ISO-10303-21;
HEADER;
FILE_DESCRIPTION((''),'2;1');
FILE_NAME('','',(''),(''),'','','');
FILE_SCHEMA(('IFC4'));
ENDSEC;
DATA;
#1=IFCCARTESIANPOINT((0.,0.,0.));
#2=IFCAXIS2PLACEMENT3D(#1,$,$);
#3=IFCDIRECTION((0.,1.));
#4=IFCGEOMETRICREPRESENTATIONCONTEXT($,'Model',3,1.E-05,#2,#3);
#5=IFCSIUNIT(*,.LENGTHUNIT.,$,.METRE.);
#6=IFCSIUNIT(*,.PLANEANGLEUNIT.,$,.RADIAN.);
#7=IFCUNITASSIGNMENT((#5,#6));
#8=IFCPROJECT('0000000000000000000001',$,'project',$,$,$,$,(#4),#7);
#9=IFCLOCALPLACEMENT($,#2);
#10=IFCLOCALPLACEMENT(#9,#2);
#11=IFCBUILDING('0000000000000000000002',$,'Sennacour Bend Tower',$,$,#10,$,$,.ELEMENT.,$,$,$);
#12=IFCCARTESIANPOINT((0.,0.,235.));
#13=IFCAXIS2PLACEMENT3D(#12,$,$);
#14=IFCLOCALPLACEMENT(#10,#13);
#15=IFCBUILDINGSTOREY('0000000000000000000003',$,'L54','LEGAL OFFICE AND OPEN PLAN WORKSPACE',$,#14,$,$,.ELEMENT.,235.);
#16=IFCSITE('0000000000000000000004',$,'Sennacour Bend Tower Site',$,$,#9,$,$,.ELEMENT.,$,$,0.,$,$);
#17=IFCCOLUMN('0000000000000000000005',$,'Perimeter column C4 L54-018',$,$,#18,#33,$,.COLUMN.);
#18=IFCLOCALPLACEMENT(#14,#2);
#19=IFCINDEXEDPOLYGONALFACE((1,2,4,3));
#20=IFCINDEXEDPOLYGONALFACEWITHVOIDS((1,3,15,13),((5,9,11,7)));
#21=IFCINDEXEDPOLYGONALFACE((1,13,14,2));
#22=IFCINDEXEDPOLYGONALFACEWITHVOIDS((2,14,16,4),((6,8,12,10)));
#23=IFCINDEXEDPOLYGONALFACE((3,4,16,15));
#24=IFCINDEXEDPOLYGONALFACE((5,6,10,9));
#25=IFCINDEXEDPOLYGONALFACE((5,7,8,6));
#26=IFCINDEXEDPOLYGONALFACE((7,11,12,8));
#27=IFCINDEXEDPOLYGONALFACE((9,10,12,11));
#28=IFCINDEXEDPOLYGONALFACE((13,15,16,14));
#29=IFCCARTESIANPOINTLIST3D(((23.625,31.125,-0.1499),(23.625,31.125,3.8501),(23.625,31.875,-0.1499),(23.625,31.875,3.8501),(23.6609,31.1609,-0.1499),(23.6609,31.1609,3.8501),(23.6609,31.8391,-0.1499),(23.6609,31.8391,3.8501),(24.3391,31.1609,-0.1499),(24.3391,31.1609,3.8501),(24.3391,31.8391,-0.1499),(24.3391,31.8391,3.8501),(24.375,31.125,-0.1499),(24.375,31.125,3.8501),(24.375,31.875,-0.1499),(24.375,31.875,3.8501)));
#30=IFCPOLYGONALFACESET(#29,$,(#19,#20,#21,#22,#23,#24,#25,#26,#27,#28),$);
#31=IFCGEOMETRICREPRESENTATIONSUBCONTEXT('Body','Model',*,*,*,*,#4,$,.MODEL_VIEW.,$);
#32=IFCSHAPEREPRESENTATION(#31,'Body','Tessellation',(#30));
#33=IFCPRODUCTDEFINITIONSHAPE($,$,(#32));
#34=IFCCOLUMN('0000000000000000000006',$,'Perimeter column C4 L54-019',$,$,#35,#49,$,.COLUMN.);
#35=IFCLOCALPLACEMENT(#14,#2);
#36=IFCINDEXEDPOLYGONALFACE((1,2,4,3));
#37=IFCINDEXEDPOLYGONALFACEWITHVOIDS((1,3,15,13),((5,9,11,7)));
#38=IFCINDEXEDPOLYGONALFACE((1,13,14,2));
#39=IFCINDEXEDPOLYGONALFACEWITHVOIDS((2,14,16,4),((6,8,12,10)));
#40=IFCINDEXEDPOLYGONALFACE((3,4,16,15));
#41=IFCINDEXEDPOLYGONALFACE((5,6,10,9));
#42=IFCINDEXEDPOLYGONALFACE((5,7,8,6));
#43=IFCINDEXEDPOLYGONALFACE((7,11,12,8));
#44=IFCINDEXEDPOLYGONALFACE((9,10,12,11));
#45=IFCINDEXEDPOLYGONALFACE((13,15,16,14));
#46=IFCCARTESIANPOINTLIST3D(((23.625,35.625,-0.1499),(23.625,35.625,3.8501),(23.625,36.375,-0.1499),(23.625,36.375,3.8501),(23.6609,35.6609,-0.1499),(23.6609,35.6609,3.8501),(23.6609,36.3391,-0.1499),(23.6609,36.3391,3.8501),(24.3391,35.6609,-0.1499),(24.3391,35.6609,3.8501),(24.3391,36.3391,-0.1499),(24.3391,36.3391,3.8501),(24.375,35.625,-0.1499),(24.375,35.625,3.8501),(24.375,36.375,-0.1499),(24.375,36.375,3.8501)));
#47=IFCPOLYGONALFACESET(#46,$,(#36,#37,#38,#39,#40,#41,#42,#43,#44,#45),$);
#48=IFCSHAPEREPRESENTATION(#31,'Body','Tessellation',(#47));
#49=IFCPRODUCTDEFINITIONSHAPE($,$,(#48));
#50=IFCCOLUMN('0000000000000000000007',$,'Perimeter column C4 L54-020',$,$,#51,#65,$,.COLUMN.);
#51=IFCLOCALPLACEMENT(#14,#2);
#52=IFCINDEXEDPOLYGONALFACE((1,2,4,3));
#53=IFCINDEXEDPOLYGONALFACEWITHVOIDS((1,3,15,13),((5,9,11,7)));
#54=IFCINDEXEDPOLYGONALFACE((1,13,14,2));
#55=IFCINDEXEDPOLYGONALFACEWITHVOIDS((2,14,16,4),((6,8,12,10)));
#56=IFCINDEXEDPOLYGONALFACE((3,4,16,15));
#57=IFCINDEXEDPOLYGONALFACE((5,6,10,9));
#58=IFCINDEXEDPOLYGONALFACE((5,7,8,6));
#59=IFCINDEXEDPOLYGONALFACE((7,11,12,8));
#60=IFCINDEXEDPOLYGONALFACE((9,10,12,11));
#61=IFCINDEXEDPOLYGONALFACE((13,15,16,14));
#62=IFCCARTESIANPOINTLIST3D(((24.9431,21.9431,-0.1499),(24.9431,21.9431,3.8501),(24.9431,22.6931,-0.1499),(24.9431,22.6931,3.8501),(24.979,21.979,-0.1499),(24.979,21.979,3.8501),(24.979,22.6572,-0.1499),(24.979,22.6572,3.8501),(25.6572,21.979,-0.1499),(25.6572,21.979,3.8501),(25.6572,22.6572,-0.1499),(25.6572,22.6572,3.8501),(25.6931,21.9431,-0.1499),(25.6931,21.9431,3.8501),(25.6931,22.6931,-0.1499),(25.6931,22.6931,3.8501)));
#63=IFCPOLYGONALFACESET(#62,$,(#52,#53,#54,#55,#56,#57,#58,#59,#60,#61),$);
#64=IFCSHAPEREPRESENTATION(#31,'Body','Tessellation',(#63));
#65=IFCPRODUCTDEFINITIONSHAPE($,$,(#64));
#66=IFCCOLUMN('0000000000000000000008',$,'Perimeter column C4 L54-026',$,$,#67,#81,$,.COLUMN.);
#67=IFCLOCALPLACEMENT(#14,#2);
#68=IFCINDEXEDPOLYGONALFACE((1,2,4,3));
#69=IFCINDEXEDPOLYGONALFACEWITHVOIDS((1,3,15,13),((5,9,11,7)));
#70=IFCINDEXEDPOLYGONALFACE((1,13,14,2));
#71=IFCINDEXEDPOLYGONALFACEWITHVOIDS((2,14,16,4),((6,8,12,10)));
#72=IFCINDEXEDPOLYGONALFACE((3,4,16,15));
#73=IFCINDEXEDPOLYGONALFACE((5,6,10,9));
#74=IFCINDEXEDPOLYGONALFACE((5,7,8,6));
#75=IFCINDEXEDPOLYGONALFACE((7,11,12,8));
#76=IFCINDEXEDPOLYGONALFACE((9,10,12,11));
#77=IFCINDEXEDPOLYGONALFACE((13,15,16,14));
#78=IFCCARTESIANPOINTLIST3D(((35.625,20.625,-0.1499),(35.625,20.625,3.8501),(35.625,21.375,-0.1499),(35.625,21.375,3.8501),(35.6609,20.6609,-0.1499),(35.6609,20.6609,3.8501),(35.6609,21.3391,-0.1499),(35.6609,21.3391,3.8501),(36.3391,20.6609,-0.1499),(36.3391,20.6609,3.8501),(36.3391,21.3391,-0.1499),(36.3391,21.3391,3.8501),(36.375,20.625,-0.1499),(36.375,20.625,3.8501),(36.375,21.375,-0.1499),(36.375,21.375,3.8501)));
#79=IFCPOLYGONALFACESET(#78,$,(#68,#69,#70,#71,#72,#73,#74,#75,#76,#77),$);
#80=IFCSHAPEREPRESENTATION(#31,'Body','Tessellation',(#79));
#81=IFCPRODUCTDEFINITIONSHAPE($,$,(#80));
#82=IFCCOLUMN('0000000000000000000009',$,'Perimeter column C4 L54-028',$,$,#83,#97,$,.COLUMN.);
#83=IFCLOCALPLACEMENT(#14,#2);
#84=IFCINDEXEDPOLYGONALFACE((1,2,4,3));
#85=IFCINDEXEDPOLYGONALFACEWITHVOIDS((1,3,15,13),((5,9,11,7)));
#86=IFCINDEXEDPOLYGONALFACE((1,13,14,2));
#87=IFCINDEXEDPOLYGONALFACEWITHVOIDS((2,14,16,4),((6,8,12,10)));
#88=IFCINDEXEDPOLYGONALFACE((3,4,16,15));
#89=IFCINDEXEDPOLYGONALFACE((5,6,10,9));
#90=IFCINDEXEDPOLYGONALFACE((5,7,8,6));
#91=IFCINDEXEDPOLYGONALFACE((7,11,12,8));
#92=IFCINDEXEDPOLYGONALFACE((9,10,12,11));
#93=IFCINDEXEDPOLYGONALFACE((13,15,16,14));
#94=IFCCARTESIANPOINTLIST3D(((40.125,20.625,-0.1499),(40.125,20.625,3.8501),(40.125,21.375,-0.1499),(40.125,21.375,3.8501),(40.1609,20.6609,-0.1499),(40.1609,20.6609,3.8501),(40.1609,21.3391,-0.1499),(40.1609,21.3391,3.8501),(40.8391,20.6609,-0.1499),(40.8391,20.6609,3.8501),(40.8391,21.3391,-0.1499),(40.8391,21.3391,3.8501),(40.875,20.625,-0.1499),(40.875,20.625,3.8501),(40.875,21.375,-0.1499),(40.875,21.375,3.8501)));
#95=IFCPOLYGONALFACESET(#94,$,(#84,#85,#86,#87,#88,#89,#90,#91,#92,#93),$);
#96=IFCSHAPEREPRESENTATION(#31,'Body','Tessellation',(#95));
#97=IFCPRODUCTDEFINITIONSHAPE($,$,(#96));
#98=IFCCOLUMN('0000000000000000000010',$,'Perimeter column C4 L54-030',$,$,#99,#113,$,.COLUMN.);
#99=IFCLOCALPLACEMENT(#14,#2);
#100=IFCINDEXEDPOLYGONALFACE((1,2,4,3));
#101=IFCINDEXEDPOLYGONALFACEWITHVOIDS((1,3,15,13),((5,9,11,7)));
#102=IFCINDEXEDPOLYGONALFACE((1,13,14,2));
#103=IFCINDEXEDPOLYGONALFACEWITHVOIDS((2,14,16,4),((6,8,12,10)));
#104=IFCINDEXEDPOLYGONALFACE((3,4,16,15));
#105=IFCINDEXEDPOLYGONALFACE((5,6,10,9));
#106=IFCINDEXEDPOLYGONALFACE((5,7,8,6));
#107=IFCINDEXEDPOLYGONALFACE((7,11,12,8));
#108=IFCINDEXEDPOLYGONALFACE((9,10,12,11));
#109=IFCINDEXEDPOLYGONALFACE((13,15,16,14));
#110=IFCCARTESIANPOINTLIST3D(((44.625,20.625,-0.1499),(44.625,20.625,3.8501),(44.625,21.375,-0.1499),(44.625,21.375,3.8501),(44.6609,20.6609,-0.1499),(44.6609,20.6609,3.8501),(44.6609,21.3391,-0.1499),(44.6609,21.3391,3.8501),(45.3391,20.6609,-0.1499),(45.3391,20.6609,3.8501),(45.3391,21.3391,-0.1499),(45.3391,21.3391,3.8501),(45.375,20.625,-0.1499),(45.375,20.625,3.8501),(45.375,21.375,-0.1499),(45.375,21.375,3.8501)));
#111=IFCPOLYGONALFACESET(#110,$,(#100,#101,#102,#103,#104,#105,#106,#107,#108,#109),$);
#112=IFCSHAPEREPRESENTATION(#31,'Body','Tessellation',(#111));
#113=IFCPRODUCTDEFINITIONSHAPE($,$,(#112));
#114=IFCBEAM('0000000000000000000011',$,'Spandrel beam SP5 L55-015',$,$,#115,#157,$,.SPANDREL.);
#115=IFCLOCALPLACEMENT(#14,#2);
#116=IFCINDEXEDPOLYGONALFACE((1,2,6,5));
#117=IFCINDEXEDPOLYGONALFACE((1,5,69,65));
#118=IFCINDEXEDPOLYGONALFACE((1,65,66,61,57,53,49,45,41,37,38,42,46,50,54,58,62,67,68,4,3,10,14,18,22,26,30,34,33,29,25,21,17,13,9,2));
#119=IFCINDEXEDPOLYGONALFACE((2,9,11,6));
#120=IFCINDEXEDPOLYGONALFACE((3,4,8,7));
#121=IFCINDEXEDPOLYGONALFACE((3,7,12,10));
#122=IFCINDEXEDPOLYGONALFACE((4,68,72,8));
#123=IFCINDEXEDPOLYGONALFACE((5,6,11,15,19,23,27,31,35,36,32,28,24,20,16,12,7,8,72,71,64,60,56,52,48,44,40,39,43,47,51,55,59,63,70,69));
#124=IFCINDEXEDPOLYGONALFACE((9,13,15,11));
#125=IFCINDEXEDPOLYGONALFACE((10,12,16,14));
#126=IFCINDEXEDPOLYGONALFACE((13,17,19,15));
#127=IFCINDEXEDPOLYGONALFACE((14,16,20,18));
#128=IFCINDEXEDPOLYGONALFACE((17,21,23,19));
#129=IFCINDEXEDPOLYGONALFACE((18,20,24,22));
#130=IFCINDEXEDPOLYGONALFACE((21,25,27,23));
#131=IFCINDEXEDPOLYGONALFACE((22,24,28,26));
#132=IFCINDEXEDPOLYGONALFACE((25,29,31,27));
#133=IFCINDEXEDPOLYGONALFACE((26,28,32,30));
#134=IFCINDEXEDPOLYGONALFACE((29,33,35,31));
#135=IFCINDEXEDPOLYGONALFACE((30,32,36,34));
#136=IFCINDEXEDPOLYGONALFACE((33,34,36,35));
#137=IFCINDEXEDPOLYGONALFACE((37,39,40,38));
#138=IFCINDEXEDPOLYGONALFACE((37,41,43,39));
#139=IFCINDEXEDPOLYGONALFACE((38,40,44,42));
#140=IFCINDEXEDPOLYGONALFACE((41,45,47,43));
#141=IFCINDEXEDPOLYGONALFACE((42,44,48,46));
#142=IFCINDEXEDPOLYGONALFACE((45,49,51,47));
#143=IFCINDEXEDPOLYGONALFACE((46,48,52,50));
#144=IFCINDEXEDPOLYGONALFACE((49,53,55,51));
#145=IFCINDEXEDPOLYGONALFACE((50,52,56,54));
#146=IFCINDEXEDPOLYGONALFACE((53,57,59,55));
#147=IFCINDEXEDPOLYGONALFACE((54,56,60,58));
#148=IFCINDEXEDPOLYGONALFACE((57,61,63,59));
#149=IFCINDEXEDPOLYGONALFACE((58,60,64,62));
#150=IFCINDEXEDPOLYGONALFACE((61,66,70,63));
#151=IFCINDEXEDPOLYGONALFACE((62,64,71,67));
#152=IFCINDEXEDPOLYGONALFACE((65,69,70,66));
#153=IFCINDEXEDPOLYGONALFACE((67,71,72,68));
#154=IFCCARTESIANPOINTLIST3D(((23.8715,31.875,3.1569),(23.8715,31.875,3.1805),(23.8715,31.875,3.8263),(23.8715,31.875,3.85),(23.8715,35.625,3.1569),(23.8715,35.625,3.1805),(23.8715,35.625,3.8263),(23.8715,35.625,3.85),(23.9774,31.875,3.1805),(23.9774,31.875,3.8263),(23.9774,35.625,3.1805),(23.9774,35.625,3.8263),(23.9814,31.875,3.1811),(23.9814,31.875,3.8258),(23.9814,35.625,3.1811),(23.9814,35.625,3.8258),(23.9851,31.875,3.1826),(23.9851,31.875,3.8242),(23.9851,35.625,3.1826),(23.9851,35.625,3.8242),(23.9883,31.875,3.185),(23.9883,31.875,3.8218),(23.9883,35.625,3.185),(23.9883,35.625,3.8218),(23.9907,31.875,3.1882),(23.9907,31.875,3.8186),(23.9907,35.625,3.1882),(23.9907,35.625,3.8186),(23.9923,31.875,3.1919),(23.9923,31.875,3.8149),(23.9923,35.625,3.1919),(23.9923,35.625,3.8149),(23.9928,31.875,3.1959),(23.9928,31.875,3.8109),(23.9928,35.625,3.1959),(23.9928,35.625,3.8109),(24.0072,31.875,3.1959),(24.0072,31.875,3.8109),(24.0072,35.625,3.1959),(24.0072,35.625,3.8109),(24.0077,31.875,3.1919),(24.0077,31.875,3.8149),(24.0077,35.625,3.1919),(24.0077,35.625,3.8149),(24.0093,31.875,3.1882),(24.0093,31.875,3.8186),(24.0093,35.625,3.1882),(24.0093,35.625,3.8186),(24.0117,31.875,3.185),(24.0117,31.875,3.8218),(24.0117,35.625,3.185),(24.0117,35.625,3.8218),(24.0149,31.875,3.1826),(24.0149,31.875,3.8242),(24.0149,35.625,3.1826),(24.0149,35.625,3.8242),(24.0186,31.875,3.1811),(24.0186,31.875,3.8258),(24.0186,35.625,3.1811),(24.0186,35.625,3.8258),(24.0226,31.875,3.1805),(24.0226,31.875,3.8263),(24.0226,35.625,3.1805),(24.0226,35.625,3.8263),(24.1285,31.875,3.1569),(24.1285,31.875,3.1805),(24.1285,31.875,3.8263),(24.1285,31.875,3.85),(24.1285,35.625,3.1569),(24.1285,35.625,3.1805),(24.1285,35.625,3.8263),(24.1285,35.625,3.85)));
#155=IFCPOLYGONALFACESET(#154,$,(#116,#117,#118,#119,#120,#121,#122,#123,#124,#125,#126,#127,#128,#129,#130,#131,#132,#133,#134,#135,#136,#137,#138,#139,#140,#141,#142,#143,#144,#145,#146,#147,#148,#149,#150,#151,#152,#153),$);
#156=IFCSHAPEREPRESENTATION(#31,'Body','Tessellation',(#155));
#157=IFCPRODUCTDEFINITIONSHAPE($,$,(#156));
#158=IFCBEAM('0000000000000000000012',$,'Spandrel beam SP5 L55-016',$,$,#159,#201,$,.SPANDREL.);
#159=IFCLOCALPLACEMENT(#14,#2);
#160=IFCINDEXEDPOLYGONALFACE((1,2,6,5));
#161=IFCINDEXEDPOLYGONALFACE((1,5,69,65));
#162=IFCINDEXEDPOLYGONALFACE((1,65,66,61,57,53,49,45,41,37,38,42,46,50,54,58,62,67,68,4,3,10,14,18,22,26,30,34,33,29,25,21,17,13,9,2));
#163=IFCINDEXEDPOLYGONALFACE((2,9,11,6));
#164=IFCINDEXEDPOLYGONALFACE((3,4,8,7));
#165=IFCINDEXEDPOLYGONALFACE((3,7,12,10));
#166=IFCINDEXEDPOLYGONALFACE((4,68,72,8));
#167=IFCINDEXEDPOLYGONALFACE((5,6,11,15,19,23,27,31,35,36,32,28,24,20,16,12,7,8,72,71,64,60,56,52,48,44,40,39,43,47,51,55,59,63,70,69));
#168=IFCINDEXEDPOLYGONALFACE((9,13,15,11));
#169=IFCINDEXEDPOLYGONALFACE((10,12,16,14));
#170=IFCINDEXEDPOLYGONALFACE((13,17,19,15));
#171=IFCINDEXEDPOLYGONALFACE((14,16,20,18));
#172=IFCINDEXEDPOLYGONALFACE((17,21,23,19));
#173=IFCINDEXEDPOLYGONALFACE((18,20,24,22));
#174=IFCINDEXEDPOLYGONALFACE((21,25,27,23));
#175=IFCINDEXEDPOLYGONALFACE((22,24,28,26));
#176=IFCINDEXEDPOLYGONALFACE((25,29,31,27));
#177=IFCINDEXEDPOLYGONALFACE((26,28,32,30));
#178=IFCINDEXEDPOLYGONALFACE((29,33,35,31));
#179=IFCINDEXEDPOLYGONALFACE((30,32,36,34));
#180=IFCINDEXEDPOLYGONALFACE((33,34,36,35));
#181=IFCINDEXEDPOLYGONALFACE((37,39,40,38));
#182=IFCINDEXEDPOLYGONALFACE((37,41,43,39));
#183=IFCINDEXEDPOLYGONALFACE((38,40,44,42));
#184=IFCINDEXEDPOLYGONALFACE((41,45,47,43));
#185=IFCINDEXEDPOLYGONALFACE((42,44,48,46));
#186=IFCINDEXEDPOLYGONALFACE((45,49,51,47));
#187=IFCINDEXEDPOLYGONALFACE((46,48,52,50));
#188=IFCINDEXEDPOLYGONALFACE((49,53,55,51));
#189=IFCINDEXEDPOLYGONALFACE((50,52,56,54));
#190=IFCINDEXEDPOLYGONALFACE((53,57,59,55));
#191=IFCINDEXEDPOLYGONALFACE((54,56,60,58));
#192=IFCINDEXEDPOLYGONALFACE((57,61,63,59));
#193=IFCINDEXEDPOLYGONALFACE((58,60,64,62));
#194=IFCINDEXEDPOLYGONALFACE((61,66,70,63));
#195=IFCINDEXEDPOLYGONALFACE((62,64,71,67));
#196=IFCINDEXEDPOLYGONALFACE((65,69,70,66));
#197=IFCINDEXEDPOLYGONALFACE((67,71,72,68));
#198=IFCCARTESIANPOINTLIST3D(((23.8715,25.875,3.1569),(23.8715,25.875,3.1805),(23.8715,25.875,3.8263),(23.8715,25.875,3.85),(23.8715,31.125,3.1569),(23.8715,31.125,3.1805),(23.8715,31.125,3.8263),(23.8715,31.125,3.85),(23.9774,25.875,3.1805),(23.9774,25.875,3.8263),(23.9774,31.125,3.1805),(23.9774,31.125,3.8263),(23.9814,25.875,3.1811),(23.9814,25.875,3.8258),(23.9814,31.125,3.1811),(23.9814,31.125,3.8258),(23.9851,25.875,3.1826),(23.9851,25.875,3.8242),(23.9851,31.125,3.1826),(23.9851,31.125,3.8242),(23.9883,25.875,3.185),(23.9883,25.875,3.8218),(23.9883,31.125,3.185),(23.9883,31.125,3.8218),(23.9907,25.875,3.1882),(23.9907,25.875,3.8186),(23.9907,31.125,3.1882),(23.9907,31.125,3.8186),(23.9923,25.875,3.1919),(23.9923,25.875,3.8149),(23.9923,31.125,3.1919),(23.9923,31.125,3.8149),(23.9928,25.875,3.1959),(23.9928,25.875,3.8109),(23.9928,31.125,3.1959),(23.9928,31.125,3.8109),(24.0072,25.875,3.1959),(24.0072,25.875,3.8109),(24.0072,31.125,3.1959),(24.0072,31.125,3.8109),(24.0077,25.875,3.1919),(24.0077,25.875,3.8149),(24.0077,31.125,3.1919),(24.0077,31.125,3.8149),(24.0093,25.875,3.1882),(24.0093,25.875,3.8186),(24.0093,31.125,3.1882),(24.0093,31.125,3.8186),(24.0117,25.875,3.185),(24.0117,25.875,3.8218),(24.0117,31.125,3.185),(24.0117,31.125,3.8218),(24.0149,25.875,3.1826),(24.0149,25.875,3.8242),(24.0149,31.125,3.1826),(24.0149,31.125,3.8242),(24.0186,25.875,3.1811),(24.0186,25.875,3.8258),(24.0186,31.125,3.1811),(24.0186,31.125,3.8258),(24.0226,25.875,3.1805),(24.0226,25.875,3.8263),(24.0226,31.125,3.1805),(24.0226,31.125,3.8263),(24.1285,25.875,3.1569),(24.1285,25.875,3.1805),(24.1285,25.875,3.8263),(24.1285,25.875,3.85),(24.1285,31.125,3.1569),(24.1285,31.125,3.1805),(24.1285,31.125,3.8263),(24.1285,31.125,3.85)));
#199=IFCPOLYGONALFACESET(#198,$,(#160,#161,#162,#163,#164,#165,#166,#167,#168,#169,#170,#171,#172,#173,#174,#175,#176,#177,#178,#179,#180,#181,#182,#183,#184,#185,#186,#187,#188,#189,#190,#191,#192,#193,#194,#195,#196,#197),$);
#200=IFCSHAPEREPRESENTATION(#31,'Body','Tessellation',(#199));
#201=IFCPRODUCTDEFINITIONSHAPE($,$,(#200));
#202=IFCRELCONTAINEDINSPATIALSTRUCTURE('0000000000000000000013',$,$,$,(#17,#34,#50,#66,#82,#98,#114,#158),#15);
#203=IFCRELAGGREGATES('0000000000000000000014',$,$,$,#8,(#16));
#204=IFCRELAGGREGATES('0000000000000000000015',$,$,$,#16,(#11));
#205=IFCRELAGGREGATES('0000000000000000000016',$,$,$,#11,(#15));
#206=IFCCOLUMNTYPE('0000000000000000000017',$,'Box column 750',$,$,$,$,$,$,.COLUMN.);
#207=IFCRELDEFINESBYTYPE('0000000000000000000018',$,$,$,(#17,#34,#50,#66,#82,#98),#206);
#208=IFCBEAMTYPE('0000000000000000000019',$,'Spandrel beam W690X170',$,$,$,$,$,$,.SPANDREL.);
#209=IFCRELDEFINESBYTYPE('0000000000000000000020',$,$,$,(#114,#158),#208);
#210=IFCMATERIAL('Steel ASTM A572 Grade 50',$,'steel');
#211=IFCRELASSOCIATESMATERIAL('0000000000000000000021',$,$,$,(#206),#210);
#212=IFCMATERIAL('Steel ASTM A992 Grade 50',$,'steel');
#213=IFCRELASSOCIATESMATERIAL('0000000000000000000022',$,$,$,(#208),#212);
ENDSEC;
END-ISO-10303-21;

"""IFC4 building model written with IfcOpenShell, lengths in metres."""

from ifc_helpers import new_model, si_unit, direction, frame, origin, origin_2d, place, context, subcontext, project, spatial, hollow_rectangle, i_section, extrude, material, material_profile, profile_set, type_object, element, save


model = new_model("IFC4")

# Units and contexts
model_context = context("Model", 3, precision=1e-05, world=origin(), true_north=direction((0.0, 1.0)))
body_context = subcontext(model_context, "Body", "Model", "MODEL_VIEW")
ifc_project = project(units=[si_unit("LENGTHUNIT", "METRE"), si_unit("PLANEANGLEUNIT", "RADIAN")], contexts=[model_context])

# Site, building, storey
site_placement = place(None, origin())
site = spatial("IfcSite", under=ifc_project, at=site_placement, Name="Sennacour Bend Tower Site", CompositionType="ELEMENT", RefElevation=0.0)
building_placement = place(site_placement, origin())
building = spatial("IfcBuilding", under=site, at=building_placement, Name="Sennacour Bend Tower", CompositionType="ELEMENT")
storey_placement = place(building_placement, frame((0.0, 0.0, 235.0)))
storey = spatial("IfcBuildingStorey", under=building, at=storey_placement, Name="L54", Description="LEGAL OFFICE AND OPEN PLAN WORKSPACE", CompositionType="ELEMENT", Elevation=235.0)

# Columns
ifc_material_1 = material(Name="Steel ASTM A572 Grade 50", Category="steel")
ifc_material_profile_1 = material_profile(ifc_material_1, hollow_rectangle(XDim=0.75, YDim=0.75, WallThickness=0.0359, at=origin_2d()), Name="Steel ASTM A572 Grade 50", Category="steel")
ifc_profile_set_1 = profile_set([ifc_material_profile_1], Name="Steel ASTM A572 Grade 50")
column_type = type_object("IfcColumnType", Name="Box column 750", PredefinedType="COLUMN", material=ifc_profile_set_1)
for number, where, z_axis, x_axis, name in (
    (1, (24.0, 31.5, -0.1499), (0.0, 0.0, 1.0), (1.0, 0.0, 0.0), "Perimeter column C4 L54-018"),
    (2, (24.0, 36.0, -0.1499), (0.0, 0.0, 1.0), (1.0, 0.0, 0.0), "Perimeter column C4 L54-019"),
    (3, (25.3181, 22.3181, -0.1499), (0.0, 0.0, 1.0), (1.0, 0.0, 0.0), "Perimeter column C4 L54-020"),
    (4, (36.0, 21.0, -0.1499), (0.0, 0.0, 1.0), (1.0, 0.0, 0.0), "Perimeter column C4 L54-026"),
    (5, (40.5, 21.0, -0.1499), (0.0, 0.0, 1.0), (1.0, 0.0, 0.0), "Perimeter column C4 L54-028"),
    (6, (45.0, 21.0, -0.1499), (0.0, 0.0, 1.0), (1.0, 0.0, 0.0), "Perimeter column C4 L54-030"),
):
    element("IfcColumn", number, at=place(storey_placement, frame(where, z_axis=z_axis, x_axis=x_axis)), inside=storey, type_object=column_type, Name=name, PredefinedType="COLUMN", context=body_context, shape_type="SweptSolid", body=[
        extrude(hollow_rectangle(XDim=0.75, YDim=0.75, WallThickness=0.0359, at=origin_2d()), origin(), (0.0, 0.0, 1.0), 4.0),
    ])

# Beams
ifc_material_2 = material(Name="Steel ASTM A992 Grade 50", Category="steel")
ifc_material_profile_2 = material_profile(ifc_material_2, i_section(OverallWidth=0.2571, OverallDepth=0.6931, WebThickness=0.0144, FlangeThickness=0.0237, FilletRadius=0.0154, at=origin_2d()), Name="Steel ASTM A992 Grade 50", Category="steel")
ifc_profile_set_2 = profile_set([ifc_material_profile_2], Name="Steel ASTM A992 Grade 50")
beam_type = type_object("IfcBeamType", Name="Spandrel beam W690X170", PredefinedType="SPANDREL", material=ifc_profile_set_2)
beam_1_placement = place(storey_placement, frame((24.0, 35.625, 3.5034), z_axis=(0.0, -1.0, 0.0), x_axis=(1.0, 0.0, 0.0)))
element("IfcBeam", 7, at=beam_1_placement, inside=storey, type_object=beam_type, Name="Spandrel beam SP5 L55-015", PredefinedType="SPANDREL", context=body_context, shape_type="SweptSolid", body=[
    extrude(i_section(OverallWidth=0.2571, OverallDepth=0.6931, WebThickness=0.0144, FlangeThickness=0.0237, FilletRadius=0.0154, at=origin_2d()), origin(), (0.0, 0.0, 1.0), 3.75),
])
beam_2_placement = place(storey_placement, frame((24.0, 31.125, 3.5034), z_axis=(0.0, -1.0, 0.0), x_axis=(1.0, 0.0, 0.0)))
element("IfcBeam", 8, at=beam_2_placement, inside=storey, type_object=beam_type, Name="Spandrel beam SP5 L55-016", PredefinedType="SPANDREL", context=body_context, shape_type="SweptSolid", body=[
    extrude(i_section(OverallWidth=0.2571, OverallDepth=0.6931, WebThickness=0.0144, FlangeThickness=0.0237, FilletRadius=0.0154, at=origin_2d()), origin(), (0.0, 0.0, 1.0), 5.25),
])

save(model, "model.ifc")
